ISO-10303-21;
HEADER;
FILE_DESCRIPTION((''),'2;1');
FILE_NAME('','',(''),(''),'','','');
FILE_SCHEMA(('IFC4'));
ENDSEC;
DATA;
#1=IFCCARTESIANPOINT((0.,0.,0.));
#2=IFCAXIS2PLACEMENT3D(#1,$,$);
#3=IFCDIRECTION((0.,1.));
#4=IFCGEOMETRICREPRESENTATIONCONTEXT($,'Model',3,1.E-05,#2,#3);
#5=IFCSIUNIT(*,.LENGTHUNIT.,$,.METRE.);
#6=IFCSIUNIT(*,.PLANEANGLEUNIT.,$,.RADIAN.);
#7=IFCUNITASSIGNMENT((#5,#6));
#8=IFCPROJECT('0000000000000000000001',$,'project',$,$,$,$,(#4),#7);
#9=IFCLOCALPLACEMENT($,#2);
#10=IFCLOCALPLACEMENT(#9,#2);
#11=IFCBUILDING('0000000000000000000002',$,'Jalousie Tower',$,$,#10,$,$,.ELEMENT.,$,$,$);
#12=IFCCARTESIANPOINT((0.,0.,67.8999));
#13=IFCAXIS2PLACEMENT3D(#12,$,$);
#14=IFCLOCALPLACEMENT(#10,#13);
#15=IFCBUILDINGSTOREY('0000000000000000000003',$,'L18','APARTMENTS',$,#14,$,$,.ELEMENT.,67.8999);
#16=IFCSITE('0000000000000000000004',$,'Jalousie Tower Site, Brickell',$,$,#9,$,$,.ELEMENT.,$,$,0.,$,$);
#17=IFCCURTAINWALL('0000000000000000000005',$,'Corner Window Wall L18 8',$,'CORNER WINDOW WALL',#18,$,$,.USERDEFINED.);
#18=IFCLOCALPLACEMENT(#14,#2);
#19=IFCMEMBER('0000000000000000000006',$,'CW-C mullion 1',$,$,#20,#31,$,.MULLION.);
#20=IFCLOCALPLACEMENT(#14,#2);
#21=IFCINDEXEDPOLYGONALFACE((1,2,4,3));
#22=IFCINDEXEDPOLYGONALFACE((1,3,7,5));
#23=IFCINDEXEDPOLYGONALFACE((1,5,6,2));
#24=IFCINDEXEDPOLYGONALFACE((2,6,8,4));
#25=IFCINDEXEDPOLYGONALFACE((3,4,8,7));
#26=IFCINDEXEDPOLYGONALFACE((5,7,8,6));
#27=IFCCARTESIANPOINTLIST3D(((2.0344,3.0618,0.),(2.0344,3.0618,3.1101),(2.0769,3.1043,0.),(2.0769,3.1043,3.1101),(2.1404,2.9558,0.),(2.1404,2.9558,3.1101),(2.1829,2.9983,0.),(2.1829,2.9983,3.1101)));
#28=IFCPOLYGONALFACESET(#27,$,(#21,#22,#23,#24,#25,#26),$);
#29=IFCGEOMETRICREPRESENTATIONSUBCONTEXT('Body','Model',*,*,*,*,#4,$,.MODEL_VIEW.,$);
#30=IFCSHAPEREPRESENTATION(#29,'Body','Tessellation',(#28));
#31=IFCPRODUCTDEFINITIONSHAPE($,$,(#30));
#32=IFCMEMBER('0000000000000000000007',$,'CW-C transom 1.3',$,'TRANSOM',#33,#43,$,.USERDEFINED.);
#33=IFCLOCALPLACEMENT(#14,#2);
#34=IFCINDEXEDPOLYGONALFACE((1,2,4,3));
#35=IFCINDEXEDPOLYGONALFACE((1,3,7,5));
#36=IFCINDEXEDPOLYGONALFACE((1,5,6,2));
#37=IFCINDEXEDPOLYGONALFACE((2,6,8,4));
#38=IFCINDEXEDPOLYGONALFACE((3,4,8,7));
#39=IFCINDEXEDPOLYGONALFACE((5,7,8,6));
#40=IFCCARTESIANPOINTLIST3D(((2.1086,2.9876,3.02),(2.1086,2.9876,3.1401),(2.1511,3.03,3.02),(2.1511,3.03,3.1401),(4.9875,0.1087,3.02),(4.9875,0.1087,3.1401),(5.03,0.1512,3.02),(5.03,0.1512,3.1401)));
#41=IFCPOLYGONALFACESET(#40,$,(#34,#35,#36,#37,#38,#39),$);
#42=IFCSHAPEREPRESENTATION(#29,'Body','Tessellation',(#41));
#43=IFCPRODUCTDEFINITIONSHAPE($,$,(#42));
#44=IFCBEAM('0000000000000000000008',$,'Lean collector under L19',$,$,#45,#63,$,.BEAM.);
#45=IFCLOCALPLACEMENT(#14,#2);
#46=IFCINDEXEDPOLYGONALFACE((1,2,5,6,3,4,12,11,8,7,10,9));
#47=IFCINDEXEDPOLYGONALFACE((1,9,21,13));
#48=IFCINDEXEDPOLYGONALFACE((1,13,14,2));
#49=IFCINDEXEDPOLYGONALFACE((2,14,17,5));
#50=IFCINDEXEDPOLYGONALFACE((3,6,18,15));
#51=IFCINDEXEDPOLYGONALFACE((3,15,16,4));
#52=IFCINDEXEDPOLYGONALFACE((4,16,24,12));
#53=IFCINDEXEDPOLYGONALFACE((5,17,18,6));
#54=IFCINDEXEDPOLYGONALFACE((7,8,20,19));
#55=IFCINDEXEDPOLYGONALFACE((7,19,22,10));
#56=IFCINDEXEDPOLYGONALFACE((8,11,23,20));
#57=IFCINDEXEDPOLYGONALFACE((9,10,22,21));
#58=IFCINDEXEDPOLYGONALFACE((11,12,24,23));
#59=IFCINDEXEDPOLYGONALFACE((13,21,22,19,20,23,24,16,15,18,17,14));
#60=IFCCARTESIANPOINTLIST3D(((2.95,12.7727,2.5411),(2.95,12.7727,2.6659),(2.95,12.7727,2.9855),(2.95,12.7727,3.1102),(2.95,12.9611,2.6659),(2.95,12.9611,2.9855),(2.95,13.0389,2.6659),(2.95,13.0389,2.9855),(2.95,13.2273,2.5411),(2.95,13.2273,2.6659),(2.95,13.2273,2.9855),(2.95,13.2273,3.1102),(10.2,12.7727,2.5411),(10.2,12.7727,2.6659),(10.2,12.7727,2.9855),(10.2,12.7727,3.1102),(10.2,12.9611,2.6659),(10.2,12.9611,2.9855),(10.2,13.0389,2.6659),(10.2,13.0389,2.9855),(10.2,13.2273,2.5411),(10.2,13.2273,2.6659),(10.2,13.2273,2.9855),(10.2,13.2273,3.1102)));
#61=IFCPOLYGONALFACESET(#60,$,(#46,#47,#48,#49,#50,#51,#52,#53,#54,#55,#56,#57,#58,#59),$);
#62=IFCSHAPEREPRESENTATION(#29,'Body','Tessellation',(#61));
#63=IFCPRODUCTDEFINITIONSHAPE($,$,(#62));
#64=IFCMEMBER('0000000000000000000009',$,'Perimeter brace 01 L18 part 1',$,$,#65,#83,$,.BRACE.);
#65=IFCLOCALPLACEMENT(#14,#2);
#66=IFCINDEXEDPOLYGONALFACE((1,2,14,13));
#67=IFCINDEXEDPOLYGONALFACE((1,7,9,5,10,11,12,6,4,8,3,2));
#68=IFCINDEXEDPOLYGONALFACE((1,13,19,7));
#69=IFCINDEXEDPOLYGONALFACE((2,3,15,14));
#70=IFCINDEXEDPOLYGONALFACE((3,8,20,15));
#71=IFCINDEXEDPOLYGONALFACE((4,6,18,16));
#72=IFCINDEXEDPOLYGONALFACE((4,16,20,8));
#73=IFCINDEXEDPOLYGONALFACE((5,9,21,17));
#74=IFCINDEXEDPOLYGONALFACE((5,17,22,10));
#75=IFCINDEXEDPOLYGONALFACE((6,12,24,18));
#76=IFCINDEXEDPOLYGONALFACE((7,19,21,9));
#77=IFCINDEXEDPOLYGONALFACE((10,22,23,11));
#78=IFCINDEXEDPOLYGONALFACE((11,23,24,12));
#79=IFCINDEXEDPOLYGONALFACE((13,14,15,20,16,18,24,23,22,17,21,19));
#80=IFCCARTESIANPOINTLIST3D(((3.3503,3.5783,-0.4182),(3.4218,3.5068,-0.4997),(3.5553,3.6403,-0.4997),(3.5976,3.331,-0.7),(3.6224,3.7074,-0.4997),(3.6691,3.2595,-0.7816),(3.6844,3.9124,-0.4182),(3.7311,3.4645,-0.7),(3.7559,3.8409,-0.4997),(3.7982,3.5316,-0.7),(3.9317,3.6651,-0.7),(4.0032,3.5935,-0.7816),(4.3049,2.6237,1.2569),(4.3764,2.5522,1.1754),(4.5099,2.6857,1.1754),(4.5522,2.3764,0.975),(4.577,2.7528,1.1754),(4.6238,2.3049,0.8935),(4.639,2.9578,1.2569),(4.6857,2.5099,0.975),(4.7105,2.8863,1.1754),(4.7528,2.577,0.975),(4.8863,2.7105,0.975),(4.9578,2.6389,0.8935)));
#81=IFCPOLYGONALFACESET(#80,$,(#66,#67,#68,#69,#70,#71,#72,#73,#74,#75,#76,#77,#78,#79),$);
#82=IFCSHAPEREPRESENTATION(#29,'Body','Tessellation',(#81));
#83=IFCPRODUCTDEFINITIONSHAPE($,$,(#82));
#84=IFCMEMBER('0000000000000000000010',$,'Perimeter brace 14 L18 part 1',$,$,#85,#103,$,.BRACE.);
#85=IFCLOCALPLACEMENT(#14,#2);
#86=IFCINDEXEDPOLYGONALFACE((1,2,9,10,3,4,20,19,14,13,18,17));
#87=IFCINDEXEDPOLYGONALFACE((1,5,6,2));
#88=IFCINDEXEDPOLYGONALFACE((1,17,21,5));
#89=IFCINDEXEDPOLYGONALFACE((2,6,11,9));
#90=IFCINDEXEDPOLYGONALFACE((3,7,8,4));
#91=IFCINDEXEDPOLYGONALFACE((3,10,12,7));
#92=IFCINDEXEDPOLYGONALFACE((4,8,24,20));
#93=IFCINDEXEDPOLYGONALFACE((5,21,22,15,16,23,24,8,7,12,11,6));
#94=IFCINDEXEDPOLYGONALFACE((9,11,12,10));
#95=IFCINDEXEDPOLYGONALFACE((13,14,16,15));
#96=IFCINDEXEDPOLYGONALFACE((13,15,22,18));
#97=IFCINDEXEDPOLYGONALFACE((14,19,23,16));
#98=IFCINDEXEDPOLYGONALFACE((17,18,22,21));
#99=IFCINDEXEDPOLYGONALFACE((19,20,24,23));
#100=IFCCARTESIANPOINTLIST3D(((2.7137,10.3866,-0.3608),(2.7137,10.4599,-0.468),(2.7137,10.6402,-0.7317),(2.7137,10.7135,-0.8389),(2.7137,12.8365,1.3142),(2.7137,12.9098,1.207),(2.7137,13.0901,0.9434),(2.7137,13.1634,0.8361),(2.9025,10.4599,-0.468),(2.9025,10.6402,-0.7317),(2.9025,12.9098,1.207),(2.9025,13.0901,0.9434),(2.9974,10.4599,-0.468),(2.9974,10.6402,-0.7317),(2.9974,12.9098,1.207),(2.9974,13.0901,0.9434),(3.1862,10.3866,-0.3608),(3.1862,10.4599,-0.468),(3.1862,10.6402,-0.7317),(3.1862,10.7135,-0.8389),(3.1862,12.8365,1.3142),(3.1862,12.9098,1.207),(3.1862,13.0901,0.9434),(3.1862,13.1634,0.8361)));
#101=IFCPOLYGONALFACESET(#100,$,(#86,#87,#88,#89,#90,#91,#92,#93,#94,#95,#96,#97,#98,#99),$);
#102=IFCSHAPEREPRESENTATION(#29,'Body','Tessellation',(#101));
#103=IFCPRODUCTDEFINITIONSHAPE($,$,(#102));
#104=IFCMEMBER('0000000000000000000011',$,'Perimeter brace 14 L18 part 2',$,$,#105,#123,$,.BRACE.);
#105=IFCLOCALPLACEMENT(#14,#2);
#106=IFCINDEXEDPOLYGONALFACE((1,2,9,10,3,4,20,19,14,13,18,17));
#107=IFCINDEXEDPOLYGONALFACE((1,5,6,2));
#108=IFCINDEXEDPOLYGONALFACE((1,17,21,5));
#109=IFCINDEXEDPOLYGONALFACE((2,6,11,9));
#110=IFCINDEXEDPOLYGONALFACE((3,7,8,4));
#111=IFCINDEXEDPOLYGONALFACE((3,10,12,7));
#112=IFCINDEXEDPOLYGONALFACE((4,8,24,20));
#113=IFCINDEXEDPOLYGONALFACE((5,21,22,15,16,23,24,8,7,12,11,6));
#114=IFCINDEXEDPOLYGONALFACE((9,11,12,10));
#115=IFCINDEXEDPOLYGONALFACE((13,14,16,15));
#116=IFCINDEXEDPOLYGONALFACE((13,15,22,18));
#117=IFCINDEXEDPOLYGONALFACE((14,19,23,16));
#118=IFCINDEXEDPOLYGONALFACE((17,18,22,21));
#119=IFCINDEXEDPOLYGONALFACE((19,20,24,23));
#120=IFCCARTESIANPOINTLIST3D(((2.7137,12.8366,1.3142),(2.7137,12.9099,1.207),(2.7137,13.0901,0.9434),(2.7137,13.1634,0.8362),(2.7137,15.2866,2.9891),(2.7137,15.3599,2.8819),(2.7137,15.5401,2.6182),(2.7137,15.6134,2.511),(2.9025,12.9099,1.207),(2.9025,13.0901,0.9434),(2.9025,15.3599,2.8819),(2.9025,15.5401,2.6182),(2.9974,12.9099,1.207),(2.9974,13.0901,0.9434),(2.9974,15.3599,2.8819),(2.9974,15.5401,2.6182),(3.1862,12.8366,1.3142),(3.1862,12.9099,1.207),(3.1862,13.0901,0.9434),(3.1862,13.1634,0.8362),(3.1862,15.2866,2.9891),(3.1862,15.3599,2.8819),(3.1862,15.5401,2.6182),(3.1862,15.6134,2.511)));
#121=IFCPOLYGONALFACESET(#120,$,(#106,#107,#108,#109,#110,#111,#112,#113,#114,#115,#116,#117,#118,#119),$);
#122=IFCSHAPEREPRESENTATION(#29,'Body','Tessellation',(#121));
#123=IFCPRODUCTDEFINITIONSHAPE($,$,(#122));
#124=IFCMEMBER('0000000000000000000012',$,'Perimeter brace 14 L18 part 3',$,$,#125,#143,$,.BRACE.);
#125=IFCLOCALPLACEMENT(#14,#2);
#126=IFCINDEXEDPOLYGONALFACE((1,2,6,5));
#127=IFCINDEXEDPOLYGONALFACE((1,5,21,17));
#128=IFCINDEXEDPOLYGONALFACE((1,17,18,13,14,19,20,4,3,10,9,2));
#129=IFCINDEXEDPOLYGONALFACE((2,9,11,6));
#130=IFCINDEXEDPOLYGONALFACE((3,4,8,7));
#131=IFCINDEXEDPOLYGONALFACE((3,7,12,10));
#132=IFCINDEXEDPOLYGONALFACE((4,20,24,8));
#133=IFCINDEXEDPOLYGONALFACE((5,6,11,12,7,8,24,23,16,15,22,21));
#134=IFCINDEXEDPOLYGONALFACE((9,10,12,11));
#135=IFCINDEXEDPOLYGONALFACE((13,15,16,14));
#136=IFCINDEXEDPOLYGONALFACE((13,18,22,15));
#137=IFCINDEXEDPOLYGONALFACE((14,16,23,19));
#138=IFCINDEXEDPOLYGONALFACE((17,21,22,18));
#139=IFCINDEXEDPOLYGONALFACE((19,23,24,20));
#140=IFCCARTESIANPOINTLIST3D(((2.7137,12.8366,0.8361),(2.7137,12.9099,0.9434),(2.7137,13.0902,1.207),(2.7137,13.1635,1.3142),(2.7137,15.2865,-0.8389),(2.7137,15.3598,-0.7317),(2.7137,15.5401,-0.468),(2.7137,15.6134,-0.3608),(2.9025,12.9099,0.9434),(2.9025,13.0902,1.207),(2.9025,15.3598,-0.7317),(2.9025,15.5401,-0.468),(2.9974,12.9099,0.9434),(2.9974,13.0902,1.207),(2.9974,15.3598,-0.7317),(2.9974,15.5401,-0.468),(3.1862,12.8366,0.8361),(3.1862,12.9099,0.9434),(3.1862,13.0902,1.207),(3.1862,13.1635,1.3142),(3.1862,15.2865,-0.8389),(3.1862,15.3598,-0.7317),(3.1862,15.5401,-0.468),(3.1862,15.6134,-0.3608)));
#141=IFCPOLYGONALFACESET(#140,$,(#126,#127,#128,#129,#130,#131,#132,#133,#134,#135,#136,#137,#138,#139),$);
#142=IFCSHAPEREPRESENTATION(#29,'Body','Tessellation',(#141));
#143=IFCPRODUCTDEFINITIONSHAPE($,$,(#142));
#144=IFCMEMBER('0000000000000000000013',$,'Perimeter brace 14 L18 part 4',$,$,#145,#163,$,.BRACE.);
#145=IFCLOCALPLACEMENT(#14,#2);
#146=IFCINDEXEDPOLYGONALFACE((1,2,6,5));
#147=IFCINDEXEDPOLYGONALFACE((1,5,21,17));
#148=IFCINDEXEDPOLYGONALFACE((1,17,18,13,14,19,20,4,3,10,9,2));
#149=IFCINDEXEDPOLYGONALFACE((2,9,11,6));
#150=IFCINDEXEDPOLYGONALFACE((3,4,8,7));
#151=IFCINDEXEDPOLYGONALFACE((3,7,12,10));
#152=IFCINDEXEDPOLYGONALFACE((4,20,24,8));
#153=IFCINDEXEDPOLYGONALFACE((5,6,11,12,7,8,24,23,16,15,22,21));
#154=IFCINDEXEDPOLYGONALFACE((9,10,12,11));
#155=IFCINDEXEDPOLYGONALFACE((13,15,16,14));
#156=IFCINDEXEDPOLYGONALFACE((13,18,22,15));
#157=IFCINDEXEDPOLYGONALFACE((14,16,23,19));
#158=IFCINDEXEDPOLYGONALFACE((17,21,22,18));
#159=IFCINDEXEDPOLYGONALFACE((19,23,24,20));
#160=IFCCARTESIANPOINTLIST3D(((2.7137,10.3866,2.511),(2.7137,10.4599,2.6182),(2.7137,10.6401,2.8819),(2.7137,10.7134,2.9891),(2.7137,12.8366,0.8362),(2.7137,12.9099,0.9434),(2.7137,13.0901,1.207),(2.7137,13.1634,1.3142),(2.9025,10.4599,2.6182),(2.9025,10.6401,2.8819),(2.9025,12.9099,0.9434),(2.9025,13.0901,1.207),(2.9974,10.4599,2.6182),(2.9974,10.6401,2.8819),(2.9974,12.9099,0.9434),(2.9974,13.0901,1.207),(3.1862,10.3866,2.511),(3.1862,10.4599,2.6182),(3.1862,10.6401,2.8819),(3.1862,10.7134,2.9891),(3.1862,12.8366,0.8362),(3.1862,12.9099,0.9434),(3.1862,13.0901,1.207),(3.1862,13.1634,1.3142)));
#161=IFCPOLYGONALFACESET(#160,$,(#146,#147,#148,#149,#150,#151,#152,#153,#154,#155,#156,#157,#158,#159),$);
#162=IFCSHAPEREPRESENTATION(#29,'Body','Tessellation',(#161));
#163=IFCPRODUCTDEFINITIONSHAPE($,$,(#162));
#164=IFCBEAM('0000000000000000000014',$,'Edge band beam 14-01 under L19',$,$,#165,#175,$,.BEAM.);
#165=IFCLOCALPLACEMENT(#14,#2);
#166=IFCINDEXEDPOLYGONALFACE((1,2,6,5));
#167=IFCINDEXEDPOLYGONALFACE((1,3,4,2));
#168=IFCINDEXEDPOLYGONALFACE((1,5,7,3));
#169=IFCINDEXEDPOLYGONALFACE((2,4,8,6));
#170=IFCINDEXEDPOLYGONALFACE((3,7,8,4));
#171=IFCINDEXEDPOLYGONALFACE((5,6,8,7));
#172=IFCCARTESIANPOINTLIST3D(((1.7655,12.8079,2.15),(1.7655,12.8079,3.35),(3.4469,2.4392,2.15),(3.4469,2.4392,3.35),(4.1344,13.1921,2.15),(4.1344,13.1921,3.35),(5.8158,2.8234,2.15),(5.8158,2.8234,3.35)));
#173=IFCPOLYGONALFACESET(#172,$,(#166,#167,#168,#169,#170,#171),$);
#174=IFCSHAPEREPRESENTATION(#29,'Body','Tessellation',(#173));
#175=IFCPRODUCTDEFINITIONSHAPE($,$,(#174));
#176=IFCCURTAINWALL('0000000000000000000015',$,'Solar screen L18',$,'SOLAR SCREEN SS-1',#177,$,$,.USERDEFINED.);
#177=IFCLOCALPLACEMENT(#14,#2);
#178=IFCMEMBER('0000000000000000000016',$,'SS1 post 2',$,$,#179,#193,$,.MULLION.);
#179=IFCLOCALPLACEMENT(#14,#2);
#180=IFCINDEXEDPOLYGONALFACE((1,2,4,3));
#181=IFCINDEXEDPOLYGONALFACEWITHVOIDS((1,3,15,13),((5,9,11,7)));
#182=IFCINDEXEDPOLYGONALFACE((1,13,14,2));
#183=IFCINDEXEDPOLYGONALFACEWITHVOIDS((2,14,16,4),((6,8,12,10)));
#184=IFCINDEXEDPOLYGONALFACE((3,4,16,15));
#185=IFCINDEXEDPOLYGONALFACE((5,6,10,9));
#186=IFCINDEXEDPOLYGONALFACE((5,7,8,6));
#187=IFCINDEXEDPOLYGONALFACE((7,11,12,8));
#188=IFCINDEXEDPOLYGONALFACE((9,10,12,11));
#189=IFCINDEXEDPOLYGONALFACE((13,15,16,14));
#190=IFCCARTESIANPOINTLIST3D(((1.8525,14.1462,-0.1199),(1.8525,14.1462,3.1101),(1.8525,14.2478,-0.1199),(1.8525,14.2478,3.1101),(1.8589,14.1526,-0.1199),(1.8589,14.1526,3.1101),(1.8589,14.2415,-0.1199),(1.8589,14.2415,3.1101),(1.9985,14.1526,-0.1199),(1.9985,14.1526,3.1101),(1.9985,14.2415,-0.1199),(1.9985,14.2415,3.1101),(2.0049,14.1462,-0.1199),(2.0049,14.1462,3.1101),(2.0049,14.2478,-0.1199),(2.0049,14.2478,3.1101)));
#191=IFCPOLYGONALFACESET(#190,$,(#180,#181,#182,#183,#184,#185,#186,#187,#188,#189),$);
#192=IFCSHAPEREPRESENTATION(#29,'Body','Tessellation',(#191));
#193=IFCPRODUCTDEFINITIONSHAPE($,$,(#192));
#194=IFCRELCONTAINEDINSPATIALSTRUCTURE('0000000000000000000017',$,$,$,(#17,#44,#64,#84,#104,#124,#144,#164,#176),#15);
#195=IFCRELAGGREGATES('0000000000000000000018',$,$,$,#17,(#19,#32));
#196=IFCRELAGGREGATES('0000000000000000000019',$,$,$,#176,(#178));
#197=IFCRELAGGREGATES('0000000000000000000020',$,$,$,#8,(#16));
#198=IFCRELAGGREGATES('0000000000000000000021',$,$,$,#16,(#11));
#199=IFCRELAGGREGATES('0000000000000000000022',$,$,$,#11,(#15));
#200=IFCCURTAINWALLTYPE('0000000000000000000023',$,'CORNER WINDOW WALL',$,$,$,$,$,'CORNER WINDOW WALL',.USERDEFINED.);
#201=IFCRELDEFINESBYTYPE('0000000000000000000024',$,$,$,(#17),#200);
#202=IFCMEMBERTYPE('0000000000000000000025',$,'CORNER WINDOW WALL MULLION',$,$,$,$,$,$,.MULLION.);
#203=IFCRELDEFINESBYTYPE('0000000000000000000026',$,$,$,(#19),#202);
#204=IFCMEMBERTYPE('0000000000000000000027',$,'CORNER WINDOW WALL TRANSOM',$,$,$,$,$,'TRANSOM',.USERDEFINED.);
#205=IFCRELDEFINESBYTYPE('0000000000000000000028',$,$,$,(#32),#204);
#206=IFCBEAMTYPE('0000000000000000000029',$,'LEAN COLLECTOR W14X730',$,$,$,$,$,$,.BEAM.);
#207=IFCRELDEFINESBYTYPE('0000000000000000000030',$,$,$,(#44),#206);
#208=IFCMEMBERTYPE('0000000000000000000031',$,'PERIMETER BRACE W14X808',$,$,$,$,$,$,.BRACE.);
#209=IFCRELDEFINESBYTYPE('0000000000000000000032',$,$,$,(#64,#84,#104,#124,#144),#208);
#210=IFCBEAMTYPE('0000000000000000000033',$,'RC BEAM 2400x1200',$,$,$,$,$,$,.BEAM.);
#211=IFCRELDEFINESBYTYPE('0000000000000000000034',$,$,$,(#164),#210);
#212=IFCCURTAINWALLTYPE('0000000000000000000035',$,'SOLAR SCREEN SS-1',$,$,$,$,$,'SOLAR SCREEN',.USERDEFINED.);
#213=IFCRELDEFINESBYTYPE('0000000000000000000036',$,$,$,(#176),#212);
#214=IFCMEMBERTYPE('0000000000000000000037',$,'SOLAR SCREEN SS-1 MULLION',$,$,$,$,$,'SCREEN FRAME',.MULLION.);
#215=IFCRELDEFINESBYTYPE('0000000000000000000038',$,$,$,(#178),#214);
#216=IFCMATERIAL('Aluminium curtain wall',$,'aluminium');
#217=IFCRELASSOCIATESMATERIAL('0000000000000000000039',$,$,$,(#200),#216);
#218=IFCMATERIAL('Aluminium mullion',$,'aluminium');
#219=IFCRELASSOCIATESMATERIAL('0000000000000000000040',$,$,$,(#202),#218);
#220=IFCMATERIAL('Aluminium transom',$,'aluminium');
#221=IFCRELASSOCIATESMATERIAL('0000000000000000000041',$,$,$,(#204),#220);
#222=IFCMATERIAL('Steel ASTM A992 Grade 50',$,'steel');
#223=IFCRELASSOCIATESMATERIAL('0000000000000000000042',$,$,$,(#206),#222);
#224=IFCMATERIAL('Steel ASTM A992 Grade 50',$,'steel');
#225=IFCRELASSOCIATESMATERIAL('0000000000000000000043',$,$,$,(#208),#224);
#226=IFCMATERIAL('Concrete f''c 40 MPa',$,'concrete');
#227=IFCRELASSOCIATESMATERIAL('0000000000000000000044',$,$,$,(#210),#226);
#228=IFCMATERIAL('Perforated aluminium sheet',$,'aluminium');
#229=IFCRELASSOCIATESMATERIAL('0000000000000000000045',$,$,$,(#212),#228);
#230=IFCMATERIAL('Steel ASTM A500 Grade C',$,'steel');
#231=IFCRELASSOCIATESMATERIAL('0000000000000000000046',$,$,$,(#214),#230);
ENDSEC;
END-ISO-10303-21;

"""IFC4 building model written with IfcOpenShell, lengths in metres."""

from ifc_helpers import new_model, si_unit, direction, frame, origin, origin_2d, place, context, subcontext, project, spatial, rectangle, hollow_rectangle, i_section, extrude, material, material_profile, profile_set, type_object, element, aggregate, save


model = new_model("IFC4")

# Units and contexts
model_context = context("Model", 3, precision=1e-05, world=origin(), true_north=direction((0.0, 1.0)))
body_context = subcontext(model_context, "Body", "Model", "MODEL_VIEW")
ifc_project = project(units=[si_unit("LENGTHUNIT", "METRE"), si_unit("PLANEANGLEUNIT", "RADIAN")], contexts=[model_context])

# Site, building, storey
site_placement = place(None, origin())
site = spatial("IfcSite", under=ifc_project, at=site_placement, Name="Jalousie Tower Site, Brickell", CompositionType="ELEMENT", RefElevation=0.0)
building_placement = place(site_placement, origin())
building = spatial("IfcBuilding", under=site, at=building_placement, Name="Jalousie Tower", CompositionType="ELEMENT")
storey_placement = place(building_placement, frame((0.0, 0.0, 67.8999)))
storey = spatial("IfcBuildingStorey", under=building, at=storey_placement, Name="L18", Description="APARTMENTS", CompositionType="ELEMENT", Elevation=67.8999)

# Curtain wall, members
ifc_material_1 = material(Name="Aluminium curtain wall", Category="aluminium")
curtain_wall_type_1 = type_object("IfcCurtainWallType", Name="CORNER WINDOW WALL", ElementType="CORNER WINDOW WALL", PredefinedType="USERDEFINED", material=ifc_material_1)
curtain_wall_1_placement = place(storey_placement, origin())
curtain_wall_1 = element("IfcCurtainWall", 1, at=curtain_wall_1_placement, inside=storey, type_object=curtain_wall_type_1, Name="Corner Window Wall L18 8", ObjectType="CORNER WINDOW WALL", PredefinedType="USERDEFINED")
ifc_material_2 = material(Name="Aluminium mullion", Category="aluminium")
ifc_material_profile_1 = material_profile(ifc_material_2, rectangle(XDim=0.0601, YDim=0.1499, at=origin_2d()), Name="MULLION 60x150")
ifc_profile_set_1 = profile_set([ifc_material_profile_1], Name="Aluminium mullion")
member_type_1 = type_object("IfcMemberType", Name="CORNER WINDOW WALL MULLION", PredefinedType="MULLION", material=ifc_profile_set_1)
member_1_placement = place(storey_placement, frame((2.1086, 3.03, 0.0), z_axis=(0.0, 0.0, 1.0), x_axis=(0.707107, 0.707107, 0.0)))
member_1 = element("IfcMember", 2, at=member_1_placement, type_object=member_type_1, Name="CW-C mullion 1", PredefinedType="MULLION", context=body_context, shape_type="SweptSolid", body=[
    extrude(rectangle(XDim=0.0601, YDim=0.1499, at=origin_2d()), origin(), (0.0, 0.0, 1.0), 3.1101),
])
ifc_material_3 = material(Name="Aluminium transom", Category="aluminium")
ifc_material_profile_2 = material_profile(ifc_material_3, rectangle(XDim=0.0601, YDim=0.1201, at=origin_2d()), Name="TRANSOM 60x120")
ifc_profile_set_2 = profile_set([ifc_material_profile_2], Name="Aluminium transom")
member_type_2 = type_object("IfcMemberType", Name="CORNER WINDOW WALL TRANSOM", ElementType="TRANSOM", PredefinedType="USERDEFINED", material=ifc_profile_set_2)
member_2_placement = place(storey_placement, frame((2.1299, 3.0088, 3.0801), z_axis=(0.707107, -0.707107, 0.0), x_axis=(0.707107, 0.707107, 0.0)))
member_2 = element("IfcMember", 3, at=member_2_placement, type_object=member_type_2, Name="CW-C transom 1.3", ObjectType="TRANSOM", PredefinedType="USERDEFINED", context=body_context, shape_type="SweptSolid", body=[
    extrude(rectangle(XDim=0.0601, YDim=0.1201, at=origin_2d()), origin(), (0.0, 0.0, 1.0), 4.0713),
])
aggregate(curtain_wall_1, [member_1, member_2])

# Beam
ifc_material_4 = material(Name="Steel ASTM A992 Grade 50", Category="steel")
ifc_material_profile_3 = material_profile(ifc_material_4, i_section(OverallWidth=0.4546, OverallDepth=0.5691, WebThickness=0.0779, FlangeThickness=0.1248, at=origin_2d()), Name="W14X730")
ifc_profile_set_3 = profile_set([ifc_material_profile_3], Name="Steel ASTM A992 Grade 50")
beam_type_1 = type_object("IfcBeamType", Name="LEAN COLLECTOR W14X730", PredefinedType="BEAM", material=ifc_profile_set_3)
beam_1_placement = place(storey_placement, frame((2.95, 13.0, 2.8257), z_axis=(1.0, 0.0, 0.0), x_axis=(0.0, 1.0, 0.0)))
element("IfcBeam", 4, at=beam_1_placement, inside=storey, type_object=beam_type_1, Name="Lean collector under L19", PredefinedType="BEAM", context=body_context, shape_type="SweptSolid", body=[
    extrude(i_section(OverallWidth=0.4546, OverallDepth=0.5691, WebThickness=0.0779, FlangeThickness=0.1248, at=origin_2d()), origin(), (0.0, 0.0, 1.0), 7.25),
])

# Members
ifc_material_5 = material(Name="Steel ASTM A992 Grade 50", Category="steel")
ifc_material_profile_4 = material_profile(ifc_material_5, i_section(OverallWidth=0.4724, OverallDepth=0.5791, WebThickness=0.095, FlangeThickness=0.1299, at=origin_2d()), Name="W14X808")
ifc_profile_set_4 = profile_set([ifc_material_profile_4], Name="Steel ASTM A992 Grade 50")
member_type_3 = type_object("IfcMemberType", Name="PERIMETER BRACE W14X808", PredefinedType="BRACE", material=ifc_profile_set_4)
member_3_placement = place(storey_placement, frame((3.6768, 3.5859, -0.5999), z_axis=(0.443718, -0.443718, 0.778607), x_axis=(0.707107, 0.707107, 0.0)))
element("IfcMember", 5, at=member_3_placement, inside=storey, type_object=member_type_3, Name="Perimeter brace 01 L18 part 1", PredefinedType="BRACE", context=body_context, shape_type="SweptSolid", body=[
    extrude(i_section(OverallWidth=0.4724, OverallDepth=0.5791, WebThickness=0.095, FlangeThickness=0.1299, at=origin_2d()), origin(), (0.0, 0.0, 1.0), 2.1514),
])
for number, where, z_axis, x_axis, name in (
    (6, (2.95, 10.55, -0.5999), (0.0, 0.825501, 0.564401), (-1.0, 0.0, 0.0), "Perimeter brace 14 L18 part 1"),
    (7, (2.95, 13.0, 1.0752), (0.0, 0.825539, 0.564345), (-1.0, 0.0, 0.0), "Perimeter brace 14 L18 part 2"),
    (8, (2.95, 15.45, -0.5999), (0.0, -0.825501, 0.564401), (1.0, 0.0, 0.0), "Perimeter brace 14 L18 part 3"),
    (9, (2.95, 13.0, 1.0752), (0.0, -0.825539, 0.564345), (1.0, 0.0, 0.0), "Perimeter brace 14 L18 part 4"),
):
    element("IfcMember", number, at=place(storey_placement, frame(where, z_axis=z_axis, x_axis=x_axis)), inside=storey, type_object=member_type_3, Name=name, PredefinedType="BRACE", context=body_context, shape_type="SweptSolid", body=[
        extrude(i_section(OverallWidth=0.4724, OverallDepth=0.5791, WebThickness=0.095, FlangeThickness=0.1299, at=origin_2d()), origin(), (0.0, 0.0, 1.0), 2.9678),
    ])

# Beam
ifc_material_6 = material(Name="Concrete f'c 40 MPa", Category="concrete")
ifc_material_profile_5 = material_profile(ifc_material_6, rectangle(XDim=2.3999, YDim=1.2, at=origin_2d()), Name="RC 2400x1200")
ifc_profile_set_5 = profile_set([ifc_material_profile_5], Name="Concrete f'c 40 MPa")
beam_type_2 = type_object("IfcBeamType", Name="RC BEAM 2400x1200", PredefinedType="BEAM", material=ifc_profile_set_5)
beam_2_placement = place(storey_placement, frame((2.95, 13.0, 2.75), z_axis=(0.160071, -0.987106, 0.0), x_axis=(0.987106, 0.160071, 0.0)))
element("IfcBeam", 10, at=beam_2_placement, inside=storey, type_object=beam_type_2, Name="Edge band beam 14-01 under L19", PredefinedType="BEAM", context=body_context, shape_type="SweptSolid", body=[
    extrude(rectangle(XDim=2.3999, YDim=1.2, at=origin_2d()), origin(), (0.0, 0.0, 1.0), 10.5042),
])

# Curtain wall, member
ifc_material_7 = material(Name="Perforated aluminium sheet", Category="aluminium")
curtain_wall_type_2 = type_object("IfcCurtainWallType", Name="SOLAR SCREEN SS-1", ElementType="SOLAR SCREEN", PredefinedType="USERDEFINED", material=ifc_material_7)
curtain_wall_2_placement = place(storey_placement, origin())
curtain_wall_2 = element("IfcCurtainWall", 11, at=curtain_wall_2_placement, inside=storey, type_object=curtain_wall_type_2, Name="Solar screen L18", ObjectType="SOLAR SCREEN SS-1", PredefinedType="USERDEFINED")
ifc_material_8 = material(Name="Steel ASTM A500 Grade C", Category="steel")
ifc_material_profile_6 = material_profile(ifc_material_8, hollow_rectangle(XDim=0.1016, YDim=0.1523, WallThickness=0.0063, at=origin_2d()), Name="HSS6X4X1/4")
ifc_profile_set_6 = profile_set([ifc_material_profile_6], Name="Steel ASTM A500 Grade C")
member_type_4 = type_object("IfcMemberType", Name="SOLAR SCREEN SS-1 MULLION", ElementType="SCREEN FRAME", PredefinedType="MULLION", material=ifc_profile_set_6)
member_4_placement = place(storey_placement, frame((1.9287, 14.197, -0.1199), z_axis=(0.0, 0.0, 1.0), x_axis=(0.0, -1.0, 0.0)))
member_4 = element("IfcMember", 12, at=member_4_placement, type_object=member_type_4, Name="SS1 post 2", PredefinedType="MULLION", context=body_context, shape_type="SweptSolid", body=[
    extrude(hollow_rectangle(XDim=0.1016, YDim=0.1523, WallThickness=0.0063, at=origin_2d()), origin(), (0.0, 0.0, 1.0), 3.23),
])

aggregate(curtain_wall_2, [member_4])

save(model, "model.ifc")
